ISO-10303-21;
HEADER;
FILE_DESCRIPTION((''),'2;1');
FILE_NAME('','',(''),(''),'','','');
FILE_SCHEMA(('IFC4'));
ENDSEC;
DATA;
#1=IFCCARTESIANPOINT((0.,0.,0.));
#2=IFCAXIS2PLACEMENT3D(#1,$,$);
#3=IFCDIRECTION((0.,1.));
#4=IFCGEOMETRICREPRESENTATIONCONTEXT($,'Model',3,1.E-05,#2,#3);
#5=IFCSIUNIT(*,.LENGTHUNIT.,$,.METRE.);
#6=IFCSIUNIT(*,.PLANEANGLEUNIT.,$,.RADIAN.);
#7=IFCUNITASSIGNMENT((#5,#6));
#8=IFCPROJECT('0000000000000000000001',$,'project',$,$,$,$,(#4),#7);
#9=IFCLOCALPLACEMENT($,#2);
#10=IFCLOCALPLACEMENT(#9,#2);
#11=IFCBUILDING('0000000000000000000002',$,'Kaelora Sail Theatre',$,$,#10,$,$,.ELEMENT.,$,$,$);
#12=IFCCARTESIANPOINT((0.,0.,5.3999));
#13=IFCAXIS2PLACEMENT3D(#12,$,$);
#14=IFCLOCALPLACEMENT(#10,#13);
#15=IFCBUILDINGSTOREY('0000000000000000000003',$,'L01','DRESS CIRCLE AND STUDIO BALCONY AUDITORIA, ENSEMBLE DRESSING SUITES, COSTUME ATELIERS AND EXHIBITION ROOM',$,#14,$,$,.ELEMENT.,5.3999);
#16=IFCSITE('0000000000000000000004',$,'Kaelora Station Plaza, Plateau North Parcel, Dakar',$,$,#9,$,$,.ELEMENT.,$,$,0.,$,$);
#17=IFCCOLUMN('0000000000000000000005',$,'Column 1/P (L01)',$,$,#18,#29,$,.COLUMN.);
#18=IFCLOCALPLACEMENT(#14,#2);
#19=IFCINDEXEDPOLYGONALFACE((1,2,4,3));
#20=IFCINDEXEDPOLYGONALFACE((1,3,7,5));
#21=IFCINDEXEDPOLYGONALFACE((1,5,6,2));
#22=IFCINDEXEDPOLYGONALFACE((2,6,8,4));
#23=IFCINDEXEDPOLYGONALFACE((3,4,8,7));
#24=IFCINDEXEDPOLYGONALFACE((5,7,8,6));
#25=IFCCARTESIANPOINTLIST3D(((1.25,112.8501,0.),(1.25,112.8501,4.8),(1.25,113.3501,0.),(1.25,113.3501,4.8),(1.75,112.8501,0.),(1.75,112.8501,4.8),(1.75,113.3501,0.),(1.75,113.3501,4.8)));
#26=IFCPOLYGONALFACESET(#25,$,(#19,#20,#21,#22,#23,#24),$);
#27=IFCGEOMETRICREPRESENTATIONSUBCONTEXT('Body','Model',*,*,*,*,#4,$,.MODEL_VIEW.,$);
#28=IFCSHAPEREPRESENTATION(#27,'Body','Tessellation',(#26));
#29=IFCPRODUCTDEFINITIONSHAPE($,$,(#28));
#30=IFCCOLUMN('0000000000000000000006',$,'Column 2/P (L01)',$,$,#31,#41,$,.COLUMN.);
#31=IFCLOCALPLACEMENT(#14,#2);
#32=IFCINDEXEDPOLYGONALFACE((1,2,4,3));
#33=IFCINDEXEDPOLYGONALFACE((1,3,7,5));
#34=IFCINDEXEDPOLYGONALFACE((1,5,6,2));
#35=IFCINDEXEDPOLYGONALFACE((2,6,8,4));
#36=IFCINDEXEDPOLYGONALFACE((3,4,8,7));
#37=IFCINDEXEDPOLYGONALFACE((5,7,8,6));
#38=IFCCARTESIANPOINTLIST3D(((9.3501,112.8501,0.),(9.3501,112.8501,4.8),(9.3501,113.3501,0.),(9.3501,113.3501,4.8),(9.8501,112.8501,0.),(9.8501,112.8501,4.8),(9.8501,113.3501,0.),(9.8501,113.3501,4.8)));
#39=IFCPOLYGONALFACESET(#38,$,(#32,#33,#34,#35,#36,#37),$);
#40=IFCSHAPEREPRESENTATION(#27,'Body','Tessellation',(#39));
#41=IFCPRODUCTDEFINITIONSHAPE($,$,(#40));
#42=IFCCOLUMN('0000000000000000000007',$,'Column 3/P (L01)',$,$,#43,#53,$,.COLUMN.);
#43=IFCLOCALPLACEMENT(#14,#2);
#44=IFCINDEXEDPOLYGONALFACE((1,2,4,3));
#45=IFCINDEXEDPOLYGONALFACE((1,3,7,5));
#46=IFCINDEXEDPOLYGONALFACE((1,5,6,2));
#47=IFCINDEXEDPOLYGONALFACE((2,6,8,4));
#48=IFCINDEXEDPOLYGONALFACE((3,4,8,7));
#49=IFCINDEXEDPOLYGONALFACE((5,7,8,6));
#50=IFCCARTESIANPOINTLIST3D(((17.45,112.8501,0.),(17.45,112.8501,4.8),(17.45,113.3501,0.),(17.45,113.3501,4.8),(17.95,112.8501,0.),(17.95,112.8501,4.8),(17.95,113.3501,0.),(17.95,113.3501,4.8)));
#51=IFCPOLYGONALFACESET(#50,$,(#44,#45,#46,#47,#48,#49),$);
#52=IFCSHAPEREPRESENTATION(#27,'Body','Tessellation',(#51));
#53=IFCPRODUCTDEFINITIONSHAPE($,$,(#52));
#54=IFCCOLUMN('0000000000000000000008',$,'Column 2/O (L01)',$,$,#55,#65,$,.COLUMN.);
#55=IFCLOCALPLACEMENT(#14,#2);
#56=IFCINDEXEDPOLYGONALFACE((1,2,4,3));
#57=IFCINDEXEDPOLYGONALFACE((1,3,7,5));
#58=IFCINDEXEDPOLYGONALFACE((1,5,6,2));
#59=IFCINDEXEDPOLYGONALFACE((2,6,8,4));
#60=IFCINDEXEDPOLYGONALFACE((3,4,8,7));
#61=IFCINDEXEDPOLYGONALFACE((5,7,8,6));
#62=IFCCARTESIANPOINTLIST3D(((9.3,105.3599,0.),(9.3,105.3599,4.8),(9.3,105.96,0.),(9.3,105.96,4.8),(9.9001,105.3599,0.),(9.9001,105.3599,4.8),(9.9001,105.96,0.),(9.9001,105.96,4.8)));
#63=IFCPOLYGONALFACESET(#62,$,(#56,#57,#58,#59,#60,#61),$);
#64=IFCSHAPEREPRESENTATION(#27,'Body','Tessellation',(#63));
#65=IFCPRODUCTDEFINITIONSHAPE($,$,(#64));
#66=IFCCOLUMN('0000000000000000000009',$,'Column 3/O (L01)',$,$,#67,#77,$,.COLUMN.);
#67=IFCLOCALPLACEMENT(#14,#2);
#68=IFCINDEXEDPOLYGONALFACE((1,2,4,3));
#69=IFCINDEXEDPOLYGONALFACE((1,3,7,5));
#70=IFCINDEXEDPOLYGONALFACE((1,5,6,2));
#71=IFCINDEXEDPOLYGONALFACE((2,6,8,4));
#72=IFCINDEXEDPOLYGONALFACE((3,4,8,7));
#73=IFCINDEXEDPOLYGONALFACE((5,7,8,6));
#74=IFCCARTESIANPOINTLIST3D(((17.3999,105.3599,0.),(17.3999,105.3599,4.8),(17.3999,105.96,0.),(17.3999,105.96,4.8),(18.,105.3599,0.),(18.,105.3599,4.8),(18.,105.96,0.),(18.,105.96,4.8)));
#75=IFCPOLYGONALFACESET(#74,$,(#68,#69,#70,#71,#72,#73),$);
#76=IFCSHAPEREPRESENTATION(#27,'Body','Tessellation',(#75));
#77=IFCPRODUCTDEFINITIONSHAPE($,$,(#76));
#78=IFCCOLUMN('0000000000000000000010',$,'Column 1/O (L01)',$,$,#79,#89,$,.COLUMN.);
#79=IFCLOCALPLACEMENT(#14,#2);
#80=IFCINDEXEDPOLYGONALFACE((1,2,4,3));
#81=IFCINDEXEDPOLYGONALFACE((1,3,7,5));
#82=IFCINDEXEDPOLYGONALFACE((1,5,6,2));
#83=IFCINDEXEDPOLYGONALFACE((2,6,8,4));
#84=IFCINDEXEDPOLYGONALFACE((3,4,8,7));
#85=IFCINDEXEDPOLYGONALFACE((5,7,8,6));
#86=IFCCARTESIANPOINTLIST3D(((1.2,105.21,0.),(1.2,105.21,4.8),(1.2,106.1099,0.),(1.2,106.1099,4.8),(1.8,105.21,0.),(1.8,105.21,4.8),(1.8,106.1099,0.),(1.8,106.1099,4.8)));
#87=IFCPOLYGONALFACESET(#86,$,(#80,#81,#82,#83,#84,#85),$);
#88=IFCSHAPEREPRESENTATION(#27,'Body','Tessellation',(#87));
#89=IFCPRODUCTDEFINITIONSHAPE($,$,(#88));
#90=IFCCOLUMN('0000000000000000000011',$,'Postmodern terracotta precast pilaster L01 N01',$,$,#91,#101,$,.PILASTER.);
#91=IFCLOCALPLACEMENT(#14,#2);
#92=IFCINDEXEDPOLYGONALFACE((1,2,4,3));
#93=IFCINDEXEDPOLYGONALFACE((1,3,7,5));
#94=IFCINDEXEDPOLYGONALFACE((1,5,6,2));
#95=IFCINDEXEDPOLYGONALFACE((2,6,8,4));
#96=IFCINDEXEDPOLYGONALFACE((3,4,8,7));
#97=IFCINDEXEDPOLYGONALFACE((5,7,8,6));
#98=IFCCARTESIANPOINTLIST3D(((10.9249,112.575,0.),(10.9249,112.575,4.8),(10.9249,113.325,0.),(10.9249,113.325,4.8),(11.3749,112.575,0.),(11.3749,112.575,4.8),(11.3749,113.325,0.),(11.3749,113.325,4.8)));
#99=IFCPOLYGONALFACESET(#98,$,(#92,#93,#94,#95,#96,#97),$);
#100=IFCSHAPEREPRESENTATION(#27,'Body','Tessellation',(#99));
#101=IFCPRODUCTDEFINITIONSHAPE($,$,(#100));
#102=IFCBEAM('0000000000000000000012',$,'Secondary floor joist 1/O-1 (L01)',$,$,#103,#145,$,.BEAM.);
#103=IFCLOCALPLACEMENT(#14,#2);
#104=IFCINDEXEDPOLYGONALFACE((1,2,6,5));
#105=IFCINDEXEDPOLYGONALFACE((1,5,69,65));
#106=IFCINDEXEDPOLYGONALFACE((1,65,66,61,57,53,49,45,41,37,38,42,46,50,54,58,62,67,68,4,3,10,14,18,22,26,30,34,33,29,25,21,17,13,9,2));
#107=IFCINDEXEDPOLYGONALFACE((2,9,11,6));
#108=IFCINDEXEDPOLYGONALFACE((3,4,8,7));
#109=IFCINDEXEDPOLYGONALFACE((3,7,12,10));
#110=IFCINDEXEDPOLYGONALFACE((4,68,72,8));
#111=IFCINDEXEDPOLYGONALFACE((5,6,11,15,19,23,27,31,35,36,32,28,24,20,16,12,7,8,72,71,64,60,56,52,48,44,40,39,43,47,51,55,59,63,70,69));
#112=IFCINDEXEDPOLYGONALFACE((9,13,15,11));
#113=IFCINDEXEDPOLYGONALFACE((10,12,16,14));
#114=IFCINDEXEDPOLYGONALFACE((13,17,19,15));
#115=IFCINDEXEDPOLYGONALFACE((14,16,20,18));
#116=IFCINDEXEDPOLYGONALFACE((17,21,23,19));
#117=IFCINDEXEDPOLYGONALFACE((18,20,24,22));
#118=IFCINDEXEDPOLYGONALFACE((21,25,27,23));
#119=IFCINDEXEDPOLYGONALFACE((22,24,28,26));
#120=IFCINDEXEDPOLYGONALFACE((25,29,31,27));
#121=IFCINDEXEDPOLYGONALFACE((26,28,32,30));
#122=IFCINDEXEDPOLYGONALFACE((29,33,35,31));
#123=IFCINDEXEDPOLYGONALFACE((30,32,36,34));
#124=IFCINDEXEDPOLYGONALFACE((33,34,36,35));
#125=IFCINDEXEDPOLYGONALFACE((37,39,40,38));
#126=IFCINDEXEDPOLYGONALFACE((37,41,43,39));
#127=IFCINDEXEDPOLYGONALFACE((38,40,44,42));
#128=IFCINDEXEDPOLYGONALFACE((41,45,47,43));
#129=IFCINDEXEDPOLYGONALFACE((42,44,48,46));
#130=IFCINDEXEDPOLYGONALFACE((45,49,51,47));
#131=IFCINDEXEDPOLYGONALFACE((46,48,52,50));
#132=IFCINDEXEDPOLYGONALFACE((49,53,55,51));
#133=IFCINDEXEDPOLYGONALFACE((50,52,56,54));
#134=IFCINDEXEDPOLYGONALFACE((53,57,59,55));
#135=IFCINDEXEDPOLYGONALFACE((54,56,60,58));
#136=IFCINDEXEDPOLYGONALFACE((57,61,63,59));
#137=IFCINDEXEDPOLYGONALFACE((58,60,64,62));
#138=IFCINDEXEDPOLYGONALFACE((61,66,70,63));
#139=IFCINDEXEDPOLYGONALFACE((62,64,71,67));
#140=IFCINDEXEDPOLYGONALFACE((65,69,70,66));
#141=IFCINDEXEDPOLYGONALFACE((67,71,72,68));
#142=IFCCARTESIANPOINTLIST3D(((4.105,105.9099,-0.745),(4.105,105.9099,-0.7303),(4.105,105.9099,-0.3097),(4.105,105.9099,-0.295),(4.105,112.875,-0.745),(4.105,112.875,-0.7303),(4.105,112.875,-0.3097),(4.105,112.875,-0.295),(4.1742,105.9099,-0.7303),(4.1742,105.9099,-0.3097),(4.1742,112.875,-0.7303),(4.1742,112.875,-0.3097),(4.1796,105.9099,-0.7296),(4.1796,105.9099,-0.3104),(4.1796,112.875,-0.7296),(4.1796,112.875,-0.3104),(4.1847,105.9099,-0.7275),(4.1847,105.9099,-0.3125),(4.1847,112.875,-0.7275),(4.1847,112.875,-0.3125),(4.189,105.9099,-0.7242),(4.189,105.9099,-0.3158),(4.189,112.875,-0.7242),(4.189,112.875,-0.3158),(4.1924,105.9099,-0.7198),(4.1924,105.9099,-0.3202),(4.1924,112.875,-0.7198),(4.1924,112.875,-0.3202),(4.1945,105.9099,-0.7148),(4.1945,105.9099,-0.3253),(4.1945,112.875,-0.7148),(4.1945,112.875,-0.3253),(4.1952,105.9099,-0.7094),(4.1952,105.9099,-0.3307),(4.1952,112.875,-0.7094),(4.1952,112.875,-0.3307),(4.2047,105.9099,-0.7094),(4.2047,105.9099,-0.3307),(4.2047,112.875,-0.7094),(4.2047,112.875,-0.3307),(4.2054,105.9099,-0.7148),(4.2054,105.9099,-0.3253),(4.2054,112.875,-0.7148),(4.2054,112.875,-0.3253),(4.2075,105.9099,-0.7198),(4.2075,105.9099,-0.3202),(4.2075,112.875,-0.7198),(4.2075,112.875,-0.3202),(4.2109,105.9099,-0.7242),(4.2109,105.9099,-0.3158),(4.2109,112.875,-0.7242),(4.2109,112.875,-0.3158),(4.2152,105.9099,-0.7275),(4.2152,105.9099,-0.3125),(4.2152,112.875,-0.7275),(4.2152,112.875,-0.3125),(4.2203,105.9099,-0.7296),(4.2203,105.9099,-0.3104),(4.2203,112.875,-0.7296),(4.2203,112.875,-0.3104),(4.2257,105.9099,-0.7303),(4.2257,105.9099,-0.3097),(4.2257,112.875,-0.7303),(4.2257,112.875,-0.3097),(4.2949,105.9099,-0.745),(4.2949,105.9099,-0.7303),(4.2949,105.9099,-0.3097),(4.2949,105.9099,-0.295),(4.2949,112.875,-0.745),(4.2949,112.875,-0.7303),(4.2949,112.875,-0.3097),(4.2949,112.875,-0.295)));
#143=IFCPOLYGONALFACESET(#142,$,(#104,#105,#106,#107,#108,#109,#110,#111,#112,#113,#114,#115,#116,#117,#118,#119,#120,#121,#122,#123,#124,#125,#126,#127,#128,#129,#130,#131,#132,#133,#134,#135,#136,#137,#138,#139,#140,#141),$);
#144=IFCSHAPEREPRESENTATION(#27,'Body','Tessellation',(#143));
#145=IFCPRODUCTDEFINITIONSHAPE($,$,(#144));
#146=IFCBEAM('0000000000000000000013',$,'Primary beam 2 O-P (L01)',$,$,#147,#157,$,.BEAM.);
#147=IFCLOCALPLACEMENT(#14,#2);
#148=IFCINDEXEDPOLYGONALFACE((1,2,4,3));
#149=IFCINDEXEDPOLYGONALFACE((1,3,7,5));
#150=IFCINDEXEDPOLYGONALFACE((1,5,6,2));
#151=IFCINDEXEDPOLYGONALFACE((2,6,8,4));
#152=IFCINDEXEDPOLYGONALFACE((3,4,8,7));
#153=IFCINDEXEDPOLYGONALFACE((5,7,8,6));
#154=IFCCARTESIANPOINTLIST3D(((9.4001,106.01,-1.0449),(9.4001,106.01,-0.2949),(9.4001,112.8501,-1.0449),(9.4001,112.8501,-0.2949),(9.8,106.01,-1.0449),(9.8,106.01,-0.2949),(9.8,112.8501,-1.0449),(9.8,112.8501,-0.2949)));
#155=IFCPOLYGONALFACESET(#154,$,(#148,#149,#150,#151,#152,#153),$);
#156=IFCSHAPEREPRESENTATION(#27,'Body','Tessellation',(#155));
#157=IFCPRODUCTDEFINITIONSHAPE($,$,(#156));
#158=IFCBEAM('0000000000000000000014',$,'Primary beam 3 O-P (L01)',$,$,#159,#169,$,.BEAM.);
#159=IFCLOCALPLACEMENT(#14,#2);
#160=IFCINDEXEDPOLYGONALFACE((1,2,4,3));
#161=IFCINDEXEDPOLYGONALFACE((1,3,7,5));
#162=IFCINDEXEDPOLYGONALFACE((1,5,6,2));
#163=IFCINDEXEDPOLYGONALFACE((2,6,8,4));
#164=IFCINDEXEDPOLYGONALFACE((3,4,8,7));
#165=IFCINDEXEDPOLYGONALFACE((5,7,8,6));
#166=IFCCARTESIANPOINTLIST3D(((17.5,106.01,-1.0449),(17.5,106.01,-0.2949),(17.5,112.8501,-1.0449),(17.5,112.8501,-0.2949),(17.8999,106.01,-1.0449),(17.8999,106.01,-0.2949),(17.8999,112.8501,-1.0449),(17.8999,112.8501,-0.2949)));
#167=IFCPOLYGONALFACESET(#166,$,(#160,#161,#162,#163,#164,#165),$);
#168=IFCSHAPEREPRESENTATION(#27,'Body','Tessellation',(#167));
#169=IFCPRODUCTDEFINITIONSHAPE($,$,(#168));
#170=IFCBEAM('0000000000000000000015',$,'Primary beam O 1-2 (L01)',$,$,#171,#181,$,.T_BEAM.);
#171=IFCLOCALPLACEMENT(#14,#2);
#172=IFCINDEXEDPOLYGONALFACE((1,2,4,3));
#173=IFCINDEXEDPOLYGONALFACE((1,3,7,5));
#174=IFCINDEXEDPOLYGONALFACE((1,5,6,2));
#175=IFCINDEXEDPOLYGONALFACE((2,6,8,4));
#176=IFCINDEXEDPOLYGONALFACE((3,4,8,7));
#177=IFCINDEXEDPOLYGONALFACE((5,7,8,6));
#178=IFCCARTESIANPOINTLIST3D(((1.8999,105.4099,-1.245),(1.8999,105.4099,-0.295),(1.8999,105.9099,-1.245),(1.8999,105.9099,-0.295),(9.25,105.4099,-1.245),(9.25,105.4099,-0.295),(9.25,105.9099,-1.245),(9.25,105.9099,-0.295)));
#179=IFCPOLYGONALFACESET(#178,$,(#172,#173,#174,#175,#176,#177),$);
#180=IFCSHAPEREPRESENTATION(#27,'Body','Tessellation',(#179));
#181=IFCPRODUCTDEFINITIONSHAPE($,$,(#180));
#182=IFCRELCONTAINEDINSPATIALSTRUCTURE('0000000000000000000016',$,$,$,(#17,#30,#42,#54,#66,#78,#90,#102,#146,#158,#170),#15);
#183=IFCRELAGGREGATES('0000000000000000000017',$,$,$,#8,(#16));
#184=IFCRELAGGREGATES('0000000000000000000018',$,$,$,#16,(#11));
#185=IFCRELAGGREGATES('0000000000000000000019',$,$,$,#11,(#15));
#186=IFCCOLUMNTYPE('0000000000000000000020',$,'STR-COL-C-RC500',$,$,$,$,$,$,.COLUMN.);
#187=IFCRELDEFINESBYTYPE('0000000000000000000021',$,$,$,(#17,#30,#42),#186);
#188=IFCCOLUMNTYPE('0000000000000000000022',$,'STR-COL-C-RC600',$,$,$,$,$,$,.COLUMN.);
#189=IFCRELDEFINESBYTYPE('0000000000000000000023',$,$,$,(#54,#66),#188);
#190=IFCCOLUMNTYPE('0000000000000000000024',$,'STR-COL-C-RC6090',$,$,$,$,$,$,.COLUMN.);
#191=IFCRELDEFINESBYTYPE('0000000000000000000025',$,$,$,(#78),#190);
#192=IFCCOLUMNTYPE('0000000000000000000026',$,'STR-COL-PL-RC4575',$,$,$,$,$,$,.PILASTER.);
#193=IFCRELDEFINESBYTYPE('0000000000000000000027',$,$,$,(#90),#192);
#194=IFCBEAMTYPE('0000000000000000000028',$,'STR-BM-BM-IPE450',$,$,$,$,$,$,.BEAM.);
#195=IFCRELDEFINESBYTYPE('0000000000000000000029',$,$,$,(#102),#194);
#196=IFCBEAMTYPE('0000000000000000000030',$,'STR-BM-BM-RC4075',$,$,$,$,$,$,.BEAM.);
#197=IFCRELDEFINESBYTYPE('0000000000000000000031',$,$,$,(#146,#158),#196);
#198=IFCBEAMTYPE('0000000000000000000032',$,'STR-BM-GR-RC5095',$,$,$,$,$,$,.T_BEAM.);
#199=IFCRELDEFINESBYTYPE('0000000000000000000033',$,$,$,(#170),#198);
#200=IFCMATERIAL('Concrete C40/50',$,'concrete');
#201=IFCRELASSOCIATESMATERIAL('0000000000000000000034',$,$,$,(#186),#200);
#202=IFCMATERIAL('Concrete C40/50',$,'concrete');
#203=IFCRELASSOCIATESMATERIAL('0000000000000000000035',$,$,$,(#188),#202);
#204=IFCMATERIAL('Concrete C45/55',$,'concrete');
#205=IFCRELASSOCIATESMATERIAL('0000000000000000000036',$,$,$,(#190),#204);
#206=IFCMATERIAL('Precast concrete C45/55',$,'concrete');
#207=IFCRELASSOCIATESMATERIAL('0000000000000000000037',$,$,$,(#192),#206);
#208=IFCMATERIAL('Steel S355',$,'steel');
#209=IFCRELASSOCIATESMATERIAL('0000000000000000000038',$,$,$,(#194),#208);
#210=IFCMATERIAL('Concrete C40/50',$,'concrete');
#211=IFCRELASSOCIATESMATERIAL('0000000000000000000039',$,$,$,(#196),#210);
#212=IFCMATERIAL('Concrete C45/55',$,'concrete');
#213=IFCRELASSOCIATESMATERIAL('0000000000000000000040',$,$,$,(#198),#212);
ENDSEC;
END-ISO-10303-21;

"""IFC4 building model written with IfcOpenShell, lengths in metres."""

from ifc_helpers import new_model, si_unit, direction, frame, origin, origin_2d, place, context, subcontext, project, spatial, rectangle, i_section, extrude, material, material_profile, profile_set, type_object, element, save


model = new_model("IFC4")

# Units and contexts
model_context = context("Model", 3, precision=1e-05, world=origin(), true_north=direction((0.0, 1.0)))
body_context = subcontext(model_context, "Body", "Model", "MODEL_VIEW")
ifc_project = project(units=[si_unit("LENGTHUNIT", "METRE"), si_unit("PLANEANGLEUNIT", "RADIAN")], contexts=[model_context])

# Site, building, storey
site_placement = place(None, origin())
site = spatial("IfcSite", under=ifc_project, at=site_placement, Name="Kaelora Station Plaza, Plateau North Parcel, Dakar", CompositionType="ELEMENT", RefElevation=0.0)
building_placement = place(site_placement, origin())
building = spatial("IfcBuilding", under=site, at=building_placement, Name="Kaelora Sail Theatre", CompositionType="ELEMENT")
storey_placement = place(building_placement, frame((0.0, 0.0, 5.3999)))
storey = spatial("IfcBuildingStorey", under=building, at=storey_placement, Name="L01", Description="DRESS CIRCLE AND STUDIO BALCONY AUDITORIA, ENSEMBLE DRESSING SUITES, COSTUME ATELIERS AND EXHIBITION ROOM", CompositionType="ELEMENT", Elevation=5.3999)

# Columns
ifc_material_1 = material(Name="Concrete C40/50", Category="concrete")
ifc_material_profile_1 = material_profile(ifc_material_1, rectangle(XDim=0.5, YDim=0.5, at=origin_2d()), Name="RC-COL 500x500")
ifc_profile_set_1 = profile_set([ifc_material_profile_1], Name="Concrete C40/50")
column_type_1 = type_object("IfcColumnType", Name="STR-COL-C-RC500", PredefinedType="COLUMN", material=ifc_profile_set_1)
for number, where, z_axis, x_axis, name in (
    (1, (1.5, 113.1001, 0.0), (0.0, 0.0, 1.0), (1.0, 0.0, 0.0), "Column 1/P (L01)"),
    (2, (9.6001, 113.1001, 0.0), (0.0, 0.0, 1.0), (1.0, 0.0, 0.0), "Column 2/P (L01)"),
    (3, (17.7, 113.1001, 0.0), (0.0, 0.0, 1.0), (1.0, 0.0, 0.0), "Column 3/P (L01)"),
):
    element("IfcColumn", number, at=place(storey_placement, frame(where, z_axis=z_axis, x_axis=x_axis)), inside=storey, type_object=column_type_1, Name=name, PredefinedType="COLUMN", context=body_context, shape_type="SweptSolid", body=[
        extrude(rectangle(XDim=0.5, YDim=0.5, at=origin_2d()), origin(), (0.0, 0.0, 1.0), 4.8),
    ])
ifc_material_2 = material(Name="Concrete C40/50", Category="concrete")
ifc_material_profile_2 = material_profile(ifc_material_2, rectangle(XDim=0.6001, YDim=0.6001, at=origin_2d()), Name="RC-COL 600x600")
ifc_profile_set_2 = profile_set([ifc_material_profile_2], Name="Concrete C40/50")
column_type_2 = type_object("IfcColumnType", Name="STR-COL-C-RC600", PredefinedType="COLUMN", material=ifc_profile_set_2)
for number, where, z_axis, x_axis, name in (
    (4, (9.6001, 105.6599, 0.0), (0.0, 0.0, 1.0), (1.0, 0.0, 0.0), "Column 2/O (L01)"),
    (5, (17.7, 105.6599, 0.0), (0.0, 0.0, 1.0), (1.0, 0.0, 0.0), "Column 3/O (L01)"),
):
    element("IfcColumn", number, at=place(storey_placement, frame(where, z_axis=z_axis, x_axis=x_axis)), inside=storey, type_object=column_type_2, Name=name, PredefinedType="COLUMN", context=body_context, shape_type="SweptSolid", body=[
        extrude(rectangle(XDim=0.6001, YDim=0.6001, at=origin_2d()), origin(), (0.0, 0.0, 1.0), 4.8),
    ])
ifc_material_3 = material(Name="Concrete C45/55", Category="concrete")
ifc_material_profile_3 = material_profile(ifc_material_3, rectangle(XDim=0.6001, YDim=0.8999, at=origin_2d()), Name="RC-COL 600x900")
ifc_profile_set_3 = profile_set([ifc_material_profile_3], Name="Concrete C45/55")
column_type_3 = type_object("IfcColumnType", Name="STR-COL-C-RC6090", PredefinedType="COLUMN", material=ifc_profile_set_3)
column_1_placement = place(storey_placement, frame((1.5, 105.6599, 0.0), z_axis=(0.0, 0.0, 1.0), x_axis=(1.0, 0.0, 0.0)))
element("IfcColumn", 6, at=column_1_placement, inside=storey, type_object=column_type_3, Name="Column 1/O (L01)", PredefinedType="COLUMN", context=body_context, shape_type="SweptSolid", body=[
    extrude(rectangle(XDim=0.6001, YDim=0.8999, at=origin_2d()), origin(), (0.0, 0.0, 1.0), 4.8),
])
ifc_material_4 = material(Name="Precast concrete C45/55", Category="concrete")
ifc_material_profile_4 = material_profile(ifc_material_4, rectangle(XDim=0.45, YDim=0.75, at=origin_2d()), Name="RC-PIL 450x750")
ifc_profile_set_4 = profile_set([ifc_material_profile_4], Name="Precast concrete C45/55")
column_type_4 = type_object("IfcColumnType", Name="STR-COL-PL-RC4575", PredefinedType="PILASTER", material=ifc_profile_set_4)
column_2_placement = place(storey_placement, frame((11.1499, 112.95, 0.0), z_axis=(0.0, 0.0, 1.0), x_axis=(1.0, 0.0, 0.0)))
element("IfcColumn", 7, at=column_2_placement, inside=storey, type_object=column_type_4, Name="Postmodern terracotta precast pilaster L01 N01", PredefinedType="PILASTER", context=body_context, shape_type="SweptSolid", body=[
    extrude(rectangle(XDim=0.45, YDim=0.75, at=origin_2d()), origin(), (0.0, 0.0, 1.0), 4.8),
])

# Beams
ifc_material_5 = material(Name="Steel S355", Category="steel")
ifc_material_profile_5 = material_profile(ifc_material_5, i_section(OverallWidth=0.1899, OverallDepth=0.45, WebThickness=0.0095, FlangeThickness=0.0146, FilletRadius=0.021, at=origin_2d()), Name="IPE 450")
ifc_profile_set_5 = profile_set([ifc_material_profile_5], Name="Steel S355")
beam_type_1 = type_object("IfcBeamType", Name="STR-BM-BM-IPE450", PredefinedType="BEAM", material=ifc_profile_set_5)
beam_1_placement = place(storey_placement, frame((4.2, 105.9099, -0.52), z_axis=(0.0, 1.0, 0.0), x_axis=(-1.0, 0.0, 0.0)))
element("IfcBeam", 8, at=beam_1_placement, inside=storey, type_object=beam_type_1, Name="Secondary floor joist 1/O-1 (L01)", PredefinedType="BEAM", context=body_context, shape_type="SweptSolid", body=[
    extrude(i_section(OverallWidth=0.1899, OverallDepth=0.45, WebThickness=0.0095, FlangeThickness=0.0146, FilletRadius=0.021, at=origin_2d()), origin(), (0.0, 0.0, 1.0), 6.9651),
])
ifc_material_6 = material(Name="Concrete C40/50", Category="concrete")
ifc_material_profile_6 = material_profile(ifc_material_6, rectangle(XDim=0.3999, YDim=0.75, at=origin_2d()), Name="RC-BM 400x750")
ifc_profile_set_6 = profile_set([ifc_material_profile_6], Name="Concrete C40/50")
beam_type_2 = type_object("IfcBeamType", Name="STR-BM-BM-RC4075", PredefinedType="BEAM", material=ifc_profile_set_6)
for number, where, z_axis, x_axis, name in (
    (9, (9.6001, 106.01, -0.6699), (0.0, 1.0, 0.0), (-1.0, 0.0, 0.0), "Primary beam 2 O-P (L01)"),
    (10, (17.7, 106.01, -0.6699), (0.0, 1.0, 0.0), (-1.0, 0.0, 0.0), "Primary beam 3 O-P (L01)"),
):
    element("IfcBeam", number, at=place(storey_placement, frame(where, z_axis=z_axis, x_axis=x_axis)), inside=storey, type_object=beam_type_2, Name=name, PredefinedType="BEAM", context=body_context, shape_type="SweptSolid", body=[
        extrude(rectangle(XDim=0.3999, YDim=0.75, at=origin_2d()), origin(), (0.0, 0.0, 1.0), 6.8401),
    ])
ifc_material_7 = material(Name="Concrete C45/55", Category="concrete")
ifc_material_profile_7 = material_profile(ifc_material_7, rectangle(XDim=0.5, YDim=0.95, at=origin_2d()), Name="RC-GRD 500x950")
ifc_profile_set_7 = profile_set([ifc_material_profile_7], Name="Concrete C45/55")
beam_type_3 = type_object("IfcBeamType", Name="STR-BM-GR-RC5095", PredefinedType="T_BEAM", material=ifc_profile_set_7)
beam_2_placement = place(storey_placement, frame((1.8999, 105.6599, -0.77), z_axis=(1.0, 0.0, 0.0), x_axis=(0.0, 1.0, 0.0)))
element("IfcBeam", 11, at=beam_2_placement, inside=storey, type_object=beam_type_3, Name="Primary beam O 1-2 (L01)", PredefinedType="T_BEAM", context=body_context, shape_type="SweptSolid", body=[
    extrude(rectangle(XDim=0.5, YDim=0.95, at=origin_2d()), origin(), (0.0, 0.0, 1.0), 7.3501),
])

save(model, "model.ifc")
